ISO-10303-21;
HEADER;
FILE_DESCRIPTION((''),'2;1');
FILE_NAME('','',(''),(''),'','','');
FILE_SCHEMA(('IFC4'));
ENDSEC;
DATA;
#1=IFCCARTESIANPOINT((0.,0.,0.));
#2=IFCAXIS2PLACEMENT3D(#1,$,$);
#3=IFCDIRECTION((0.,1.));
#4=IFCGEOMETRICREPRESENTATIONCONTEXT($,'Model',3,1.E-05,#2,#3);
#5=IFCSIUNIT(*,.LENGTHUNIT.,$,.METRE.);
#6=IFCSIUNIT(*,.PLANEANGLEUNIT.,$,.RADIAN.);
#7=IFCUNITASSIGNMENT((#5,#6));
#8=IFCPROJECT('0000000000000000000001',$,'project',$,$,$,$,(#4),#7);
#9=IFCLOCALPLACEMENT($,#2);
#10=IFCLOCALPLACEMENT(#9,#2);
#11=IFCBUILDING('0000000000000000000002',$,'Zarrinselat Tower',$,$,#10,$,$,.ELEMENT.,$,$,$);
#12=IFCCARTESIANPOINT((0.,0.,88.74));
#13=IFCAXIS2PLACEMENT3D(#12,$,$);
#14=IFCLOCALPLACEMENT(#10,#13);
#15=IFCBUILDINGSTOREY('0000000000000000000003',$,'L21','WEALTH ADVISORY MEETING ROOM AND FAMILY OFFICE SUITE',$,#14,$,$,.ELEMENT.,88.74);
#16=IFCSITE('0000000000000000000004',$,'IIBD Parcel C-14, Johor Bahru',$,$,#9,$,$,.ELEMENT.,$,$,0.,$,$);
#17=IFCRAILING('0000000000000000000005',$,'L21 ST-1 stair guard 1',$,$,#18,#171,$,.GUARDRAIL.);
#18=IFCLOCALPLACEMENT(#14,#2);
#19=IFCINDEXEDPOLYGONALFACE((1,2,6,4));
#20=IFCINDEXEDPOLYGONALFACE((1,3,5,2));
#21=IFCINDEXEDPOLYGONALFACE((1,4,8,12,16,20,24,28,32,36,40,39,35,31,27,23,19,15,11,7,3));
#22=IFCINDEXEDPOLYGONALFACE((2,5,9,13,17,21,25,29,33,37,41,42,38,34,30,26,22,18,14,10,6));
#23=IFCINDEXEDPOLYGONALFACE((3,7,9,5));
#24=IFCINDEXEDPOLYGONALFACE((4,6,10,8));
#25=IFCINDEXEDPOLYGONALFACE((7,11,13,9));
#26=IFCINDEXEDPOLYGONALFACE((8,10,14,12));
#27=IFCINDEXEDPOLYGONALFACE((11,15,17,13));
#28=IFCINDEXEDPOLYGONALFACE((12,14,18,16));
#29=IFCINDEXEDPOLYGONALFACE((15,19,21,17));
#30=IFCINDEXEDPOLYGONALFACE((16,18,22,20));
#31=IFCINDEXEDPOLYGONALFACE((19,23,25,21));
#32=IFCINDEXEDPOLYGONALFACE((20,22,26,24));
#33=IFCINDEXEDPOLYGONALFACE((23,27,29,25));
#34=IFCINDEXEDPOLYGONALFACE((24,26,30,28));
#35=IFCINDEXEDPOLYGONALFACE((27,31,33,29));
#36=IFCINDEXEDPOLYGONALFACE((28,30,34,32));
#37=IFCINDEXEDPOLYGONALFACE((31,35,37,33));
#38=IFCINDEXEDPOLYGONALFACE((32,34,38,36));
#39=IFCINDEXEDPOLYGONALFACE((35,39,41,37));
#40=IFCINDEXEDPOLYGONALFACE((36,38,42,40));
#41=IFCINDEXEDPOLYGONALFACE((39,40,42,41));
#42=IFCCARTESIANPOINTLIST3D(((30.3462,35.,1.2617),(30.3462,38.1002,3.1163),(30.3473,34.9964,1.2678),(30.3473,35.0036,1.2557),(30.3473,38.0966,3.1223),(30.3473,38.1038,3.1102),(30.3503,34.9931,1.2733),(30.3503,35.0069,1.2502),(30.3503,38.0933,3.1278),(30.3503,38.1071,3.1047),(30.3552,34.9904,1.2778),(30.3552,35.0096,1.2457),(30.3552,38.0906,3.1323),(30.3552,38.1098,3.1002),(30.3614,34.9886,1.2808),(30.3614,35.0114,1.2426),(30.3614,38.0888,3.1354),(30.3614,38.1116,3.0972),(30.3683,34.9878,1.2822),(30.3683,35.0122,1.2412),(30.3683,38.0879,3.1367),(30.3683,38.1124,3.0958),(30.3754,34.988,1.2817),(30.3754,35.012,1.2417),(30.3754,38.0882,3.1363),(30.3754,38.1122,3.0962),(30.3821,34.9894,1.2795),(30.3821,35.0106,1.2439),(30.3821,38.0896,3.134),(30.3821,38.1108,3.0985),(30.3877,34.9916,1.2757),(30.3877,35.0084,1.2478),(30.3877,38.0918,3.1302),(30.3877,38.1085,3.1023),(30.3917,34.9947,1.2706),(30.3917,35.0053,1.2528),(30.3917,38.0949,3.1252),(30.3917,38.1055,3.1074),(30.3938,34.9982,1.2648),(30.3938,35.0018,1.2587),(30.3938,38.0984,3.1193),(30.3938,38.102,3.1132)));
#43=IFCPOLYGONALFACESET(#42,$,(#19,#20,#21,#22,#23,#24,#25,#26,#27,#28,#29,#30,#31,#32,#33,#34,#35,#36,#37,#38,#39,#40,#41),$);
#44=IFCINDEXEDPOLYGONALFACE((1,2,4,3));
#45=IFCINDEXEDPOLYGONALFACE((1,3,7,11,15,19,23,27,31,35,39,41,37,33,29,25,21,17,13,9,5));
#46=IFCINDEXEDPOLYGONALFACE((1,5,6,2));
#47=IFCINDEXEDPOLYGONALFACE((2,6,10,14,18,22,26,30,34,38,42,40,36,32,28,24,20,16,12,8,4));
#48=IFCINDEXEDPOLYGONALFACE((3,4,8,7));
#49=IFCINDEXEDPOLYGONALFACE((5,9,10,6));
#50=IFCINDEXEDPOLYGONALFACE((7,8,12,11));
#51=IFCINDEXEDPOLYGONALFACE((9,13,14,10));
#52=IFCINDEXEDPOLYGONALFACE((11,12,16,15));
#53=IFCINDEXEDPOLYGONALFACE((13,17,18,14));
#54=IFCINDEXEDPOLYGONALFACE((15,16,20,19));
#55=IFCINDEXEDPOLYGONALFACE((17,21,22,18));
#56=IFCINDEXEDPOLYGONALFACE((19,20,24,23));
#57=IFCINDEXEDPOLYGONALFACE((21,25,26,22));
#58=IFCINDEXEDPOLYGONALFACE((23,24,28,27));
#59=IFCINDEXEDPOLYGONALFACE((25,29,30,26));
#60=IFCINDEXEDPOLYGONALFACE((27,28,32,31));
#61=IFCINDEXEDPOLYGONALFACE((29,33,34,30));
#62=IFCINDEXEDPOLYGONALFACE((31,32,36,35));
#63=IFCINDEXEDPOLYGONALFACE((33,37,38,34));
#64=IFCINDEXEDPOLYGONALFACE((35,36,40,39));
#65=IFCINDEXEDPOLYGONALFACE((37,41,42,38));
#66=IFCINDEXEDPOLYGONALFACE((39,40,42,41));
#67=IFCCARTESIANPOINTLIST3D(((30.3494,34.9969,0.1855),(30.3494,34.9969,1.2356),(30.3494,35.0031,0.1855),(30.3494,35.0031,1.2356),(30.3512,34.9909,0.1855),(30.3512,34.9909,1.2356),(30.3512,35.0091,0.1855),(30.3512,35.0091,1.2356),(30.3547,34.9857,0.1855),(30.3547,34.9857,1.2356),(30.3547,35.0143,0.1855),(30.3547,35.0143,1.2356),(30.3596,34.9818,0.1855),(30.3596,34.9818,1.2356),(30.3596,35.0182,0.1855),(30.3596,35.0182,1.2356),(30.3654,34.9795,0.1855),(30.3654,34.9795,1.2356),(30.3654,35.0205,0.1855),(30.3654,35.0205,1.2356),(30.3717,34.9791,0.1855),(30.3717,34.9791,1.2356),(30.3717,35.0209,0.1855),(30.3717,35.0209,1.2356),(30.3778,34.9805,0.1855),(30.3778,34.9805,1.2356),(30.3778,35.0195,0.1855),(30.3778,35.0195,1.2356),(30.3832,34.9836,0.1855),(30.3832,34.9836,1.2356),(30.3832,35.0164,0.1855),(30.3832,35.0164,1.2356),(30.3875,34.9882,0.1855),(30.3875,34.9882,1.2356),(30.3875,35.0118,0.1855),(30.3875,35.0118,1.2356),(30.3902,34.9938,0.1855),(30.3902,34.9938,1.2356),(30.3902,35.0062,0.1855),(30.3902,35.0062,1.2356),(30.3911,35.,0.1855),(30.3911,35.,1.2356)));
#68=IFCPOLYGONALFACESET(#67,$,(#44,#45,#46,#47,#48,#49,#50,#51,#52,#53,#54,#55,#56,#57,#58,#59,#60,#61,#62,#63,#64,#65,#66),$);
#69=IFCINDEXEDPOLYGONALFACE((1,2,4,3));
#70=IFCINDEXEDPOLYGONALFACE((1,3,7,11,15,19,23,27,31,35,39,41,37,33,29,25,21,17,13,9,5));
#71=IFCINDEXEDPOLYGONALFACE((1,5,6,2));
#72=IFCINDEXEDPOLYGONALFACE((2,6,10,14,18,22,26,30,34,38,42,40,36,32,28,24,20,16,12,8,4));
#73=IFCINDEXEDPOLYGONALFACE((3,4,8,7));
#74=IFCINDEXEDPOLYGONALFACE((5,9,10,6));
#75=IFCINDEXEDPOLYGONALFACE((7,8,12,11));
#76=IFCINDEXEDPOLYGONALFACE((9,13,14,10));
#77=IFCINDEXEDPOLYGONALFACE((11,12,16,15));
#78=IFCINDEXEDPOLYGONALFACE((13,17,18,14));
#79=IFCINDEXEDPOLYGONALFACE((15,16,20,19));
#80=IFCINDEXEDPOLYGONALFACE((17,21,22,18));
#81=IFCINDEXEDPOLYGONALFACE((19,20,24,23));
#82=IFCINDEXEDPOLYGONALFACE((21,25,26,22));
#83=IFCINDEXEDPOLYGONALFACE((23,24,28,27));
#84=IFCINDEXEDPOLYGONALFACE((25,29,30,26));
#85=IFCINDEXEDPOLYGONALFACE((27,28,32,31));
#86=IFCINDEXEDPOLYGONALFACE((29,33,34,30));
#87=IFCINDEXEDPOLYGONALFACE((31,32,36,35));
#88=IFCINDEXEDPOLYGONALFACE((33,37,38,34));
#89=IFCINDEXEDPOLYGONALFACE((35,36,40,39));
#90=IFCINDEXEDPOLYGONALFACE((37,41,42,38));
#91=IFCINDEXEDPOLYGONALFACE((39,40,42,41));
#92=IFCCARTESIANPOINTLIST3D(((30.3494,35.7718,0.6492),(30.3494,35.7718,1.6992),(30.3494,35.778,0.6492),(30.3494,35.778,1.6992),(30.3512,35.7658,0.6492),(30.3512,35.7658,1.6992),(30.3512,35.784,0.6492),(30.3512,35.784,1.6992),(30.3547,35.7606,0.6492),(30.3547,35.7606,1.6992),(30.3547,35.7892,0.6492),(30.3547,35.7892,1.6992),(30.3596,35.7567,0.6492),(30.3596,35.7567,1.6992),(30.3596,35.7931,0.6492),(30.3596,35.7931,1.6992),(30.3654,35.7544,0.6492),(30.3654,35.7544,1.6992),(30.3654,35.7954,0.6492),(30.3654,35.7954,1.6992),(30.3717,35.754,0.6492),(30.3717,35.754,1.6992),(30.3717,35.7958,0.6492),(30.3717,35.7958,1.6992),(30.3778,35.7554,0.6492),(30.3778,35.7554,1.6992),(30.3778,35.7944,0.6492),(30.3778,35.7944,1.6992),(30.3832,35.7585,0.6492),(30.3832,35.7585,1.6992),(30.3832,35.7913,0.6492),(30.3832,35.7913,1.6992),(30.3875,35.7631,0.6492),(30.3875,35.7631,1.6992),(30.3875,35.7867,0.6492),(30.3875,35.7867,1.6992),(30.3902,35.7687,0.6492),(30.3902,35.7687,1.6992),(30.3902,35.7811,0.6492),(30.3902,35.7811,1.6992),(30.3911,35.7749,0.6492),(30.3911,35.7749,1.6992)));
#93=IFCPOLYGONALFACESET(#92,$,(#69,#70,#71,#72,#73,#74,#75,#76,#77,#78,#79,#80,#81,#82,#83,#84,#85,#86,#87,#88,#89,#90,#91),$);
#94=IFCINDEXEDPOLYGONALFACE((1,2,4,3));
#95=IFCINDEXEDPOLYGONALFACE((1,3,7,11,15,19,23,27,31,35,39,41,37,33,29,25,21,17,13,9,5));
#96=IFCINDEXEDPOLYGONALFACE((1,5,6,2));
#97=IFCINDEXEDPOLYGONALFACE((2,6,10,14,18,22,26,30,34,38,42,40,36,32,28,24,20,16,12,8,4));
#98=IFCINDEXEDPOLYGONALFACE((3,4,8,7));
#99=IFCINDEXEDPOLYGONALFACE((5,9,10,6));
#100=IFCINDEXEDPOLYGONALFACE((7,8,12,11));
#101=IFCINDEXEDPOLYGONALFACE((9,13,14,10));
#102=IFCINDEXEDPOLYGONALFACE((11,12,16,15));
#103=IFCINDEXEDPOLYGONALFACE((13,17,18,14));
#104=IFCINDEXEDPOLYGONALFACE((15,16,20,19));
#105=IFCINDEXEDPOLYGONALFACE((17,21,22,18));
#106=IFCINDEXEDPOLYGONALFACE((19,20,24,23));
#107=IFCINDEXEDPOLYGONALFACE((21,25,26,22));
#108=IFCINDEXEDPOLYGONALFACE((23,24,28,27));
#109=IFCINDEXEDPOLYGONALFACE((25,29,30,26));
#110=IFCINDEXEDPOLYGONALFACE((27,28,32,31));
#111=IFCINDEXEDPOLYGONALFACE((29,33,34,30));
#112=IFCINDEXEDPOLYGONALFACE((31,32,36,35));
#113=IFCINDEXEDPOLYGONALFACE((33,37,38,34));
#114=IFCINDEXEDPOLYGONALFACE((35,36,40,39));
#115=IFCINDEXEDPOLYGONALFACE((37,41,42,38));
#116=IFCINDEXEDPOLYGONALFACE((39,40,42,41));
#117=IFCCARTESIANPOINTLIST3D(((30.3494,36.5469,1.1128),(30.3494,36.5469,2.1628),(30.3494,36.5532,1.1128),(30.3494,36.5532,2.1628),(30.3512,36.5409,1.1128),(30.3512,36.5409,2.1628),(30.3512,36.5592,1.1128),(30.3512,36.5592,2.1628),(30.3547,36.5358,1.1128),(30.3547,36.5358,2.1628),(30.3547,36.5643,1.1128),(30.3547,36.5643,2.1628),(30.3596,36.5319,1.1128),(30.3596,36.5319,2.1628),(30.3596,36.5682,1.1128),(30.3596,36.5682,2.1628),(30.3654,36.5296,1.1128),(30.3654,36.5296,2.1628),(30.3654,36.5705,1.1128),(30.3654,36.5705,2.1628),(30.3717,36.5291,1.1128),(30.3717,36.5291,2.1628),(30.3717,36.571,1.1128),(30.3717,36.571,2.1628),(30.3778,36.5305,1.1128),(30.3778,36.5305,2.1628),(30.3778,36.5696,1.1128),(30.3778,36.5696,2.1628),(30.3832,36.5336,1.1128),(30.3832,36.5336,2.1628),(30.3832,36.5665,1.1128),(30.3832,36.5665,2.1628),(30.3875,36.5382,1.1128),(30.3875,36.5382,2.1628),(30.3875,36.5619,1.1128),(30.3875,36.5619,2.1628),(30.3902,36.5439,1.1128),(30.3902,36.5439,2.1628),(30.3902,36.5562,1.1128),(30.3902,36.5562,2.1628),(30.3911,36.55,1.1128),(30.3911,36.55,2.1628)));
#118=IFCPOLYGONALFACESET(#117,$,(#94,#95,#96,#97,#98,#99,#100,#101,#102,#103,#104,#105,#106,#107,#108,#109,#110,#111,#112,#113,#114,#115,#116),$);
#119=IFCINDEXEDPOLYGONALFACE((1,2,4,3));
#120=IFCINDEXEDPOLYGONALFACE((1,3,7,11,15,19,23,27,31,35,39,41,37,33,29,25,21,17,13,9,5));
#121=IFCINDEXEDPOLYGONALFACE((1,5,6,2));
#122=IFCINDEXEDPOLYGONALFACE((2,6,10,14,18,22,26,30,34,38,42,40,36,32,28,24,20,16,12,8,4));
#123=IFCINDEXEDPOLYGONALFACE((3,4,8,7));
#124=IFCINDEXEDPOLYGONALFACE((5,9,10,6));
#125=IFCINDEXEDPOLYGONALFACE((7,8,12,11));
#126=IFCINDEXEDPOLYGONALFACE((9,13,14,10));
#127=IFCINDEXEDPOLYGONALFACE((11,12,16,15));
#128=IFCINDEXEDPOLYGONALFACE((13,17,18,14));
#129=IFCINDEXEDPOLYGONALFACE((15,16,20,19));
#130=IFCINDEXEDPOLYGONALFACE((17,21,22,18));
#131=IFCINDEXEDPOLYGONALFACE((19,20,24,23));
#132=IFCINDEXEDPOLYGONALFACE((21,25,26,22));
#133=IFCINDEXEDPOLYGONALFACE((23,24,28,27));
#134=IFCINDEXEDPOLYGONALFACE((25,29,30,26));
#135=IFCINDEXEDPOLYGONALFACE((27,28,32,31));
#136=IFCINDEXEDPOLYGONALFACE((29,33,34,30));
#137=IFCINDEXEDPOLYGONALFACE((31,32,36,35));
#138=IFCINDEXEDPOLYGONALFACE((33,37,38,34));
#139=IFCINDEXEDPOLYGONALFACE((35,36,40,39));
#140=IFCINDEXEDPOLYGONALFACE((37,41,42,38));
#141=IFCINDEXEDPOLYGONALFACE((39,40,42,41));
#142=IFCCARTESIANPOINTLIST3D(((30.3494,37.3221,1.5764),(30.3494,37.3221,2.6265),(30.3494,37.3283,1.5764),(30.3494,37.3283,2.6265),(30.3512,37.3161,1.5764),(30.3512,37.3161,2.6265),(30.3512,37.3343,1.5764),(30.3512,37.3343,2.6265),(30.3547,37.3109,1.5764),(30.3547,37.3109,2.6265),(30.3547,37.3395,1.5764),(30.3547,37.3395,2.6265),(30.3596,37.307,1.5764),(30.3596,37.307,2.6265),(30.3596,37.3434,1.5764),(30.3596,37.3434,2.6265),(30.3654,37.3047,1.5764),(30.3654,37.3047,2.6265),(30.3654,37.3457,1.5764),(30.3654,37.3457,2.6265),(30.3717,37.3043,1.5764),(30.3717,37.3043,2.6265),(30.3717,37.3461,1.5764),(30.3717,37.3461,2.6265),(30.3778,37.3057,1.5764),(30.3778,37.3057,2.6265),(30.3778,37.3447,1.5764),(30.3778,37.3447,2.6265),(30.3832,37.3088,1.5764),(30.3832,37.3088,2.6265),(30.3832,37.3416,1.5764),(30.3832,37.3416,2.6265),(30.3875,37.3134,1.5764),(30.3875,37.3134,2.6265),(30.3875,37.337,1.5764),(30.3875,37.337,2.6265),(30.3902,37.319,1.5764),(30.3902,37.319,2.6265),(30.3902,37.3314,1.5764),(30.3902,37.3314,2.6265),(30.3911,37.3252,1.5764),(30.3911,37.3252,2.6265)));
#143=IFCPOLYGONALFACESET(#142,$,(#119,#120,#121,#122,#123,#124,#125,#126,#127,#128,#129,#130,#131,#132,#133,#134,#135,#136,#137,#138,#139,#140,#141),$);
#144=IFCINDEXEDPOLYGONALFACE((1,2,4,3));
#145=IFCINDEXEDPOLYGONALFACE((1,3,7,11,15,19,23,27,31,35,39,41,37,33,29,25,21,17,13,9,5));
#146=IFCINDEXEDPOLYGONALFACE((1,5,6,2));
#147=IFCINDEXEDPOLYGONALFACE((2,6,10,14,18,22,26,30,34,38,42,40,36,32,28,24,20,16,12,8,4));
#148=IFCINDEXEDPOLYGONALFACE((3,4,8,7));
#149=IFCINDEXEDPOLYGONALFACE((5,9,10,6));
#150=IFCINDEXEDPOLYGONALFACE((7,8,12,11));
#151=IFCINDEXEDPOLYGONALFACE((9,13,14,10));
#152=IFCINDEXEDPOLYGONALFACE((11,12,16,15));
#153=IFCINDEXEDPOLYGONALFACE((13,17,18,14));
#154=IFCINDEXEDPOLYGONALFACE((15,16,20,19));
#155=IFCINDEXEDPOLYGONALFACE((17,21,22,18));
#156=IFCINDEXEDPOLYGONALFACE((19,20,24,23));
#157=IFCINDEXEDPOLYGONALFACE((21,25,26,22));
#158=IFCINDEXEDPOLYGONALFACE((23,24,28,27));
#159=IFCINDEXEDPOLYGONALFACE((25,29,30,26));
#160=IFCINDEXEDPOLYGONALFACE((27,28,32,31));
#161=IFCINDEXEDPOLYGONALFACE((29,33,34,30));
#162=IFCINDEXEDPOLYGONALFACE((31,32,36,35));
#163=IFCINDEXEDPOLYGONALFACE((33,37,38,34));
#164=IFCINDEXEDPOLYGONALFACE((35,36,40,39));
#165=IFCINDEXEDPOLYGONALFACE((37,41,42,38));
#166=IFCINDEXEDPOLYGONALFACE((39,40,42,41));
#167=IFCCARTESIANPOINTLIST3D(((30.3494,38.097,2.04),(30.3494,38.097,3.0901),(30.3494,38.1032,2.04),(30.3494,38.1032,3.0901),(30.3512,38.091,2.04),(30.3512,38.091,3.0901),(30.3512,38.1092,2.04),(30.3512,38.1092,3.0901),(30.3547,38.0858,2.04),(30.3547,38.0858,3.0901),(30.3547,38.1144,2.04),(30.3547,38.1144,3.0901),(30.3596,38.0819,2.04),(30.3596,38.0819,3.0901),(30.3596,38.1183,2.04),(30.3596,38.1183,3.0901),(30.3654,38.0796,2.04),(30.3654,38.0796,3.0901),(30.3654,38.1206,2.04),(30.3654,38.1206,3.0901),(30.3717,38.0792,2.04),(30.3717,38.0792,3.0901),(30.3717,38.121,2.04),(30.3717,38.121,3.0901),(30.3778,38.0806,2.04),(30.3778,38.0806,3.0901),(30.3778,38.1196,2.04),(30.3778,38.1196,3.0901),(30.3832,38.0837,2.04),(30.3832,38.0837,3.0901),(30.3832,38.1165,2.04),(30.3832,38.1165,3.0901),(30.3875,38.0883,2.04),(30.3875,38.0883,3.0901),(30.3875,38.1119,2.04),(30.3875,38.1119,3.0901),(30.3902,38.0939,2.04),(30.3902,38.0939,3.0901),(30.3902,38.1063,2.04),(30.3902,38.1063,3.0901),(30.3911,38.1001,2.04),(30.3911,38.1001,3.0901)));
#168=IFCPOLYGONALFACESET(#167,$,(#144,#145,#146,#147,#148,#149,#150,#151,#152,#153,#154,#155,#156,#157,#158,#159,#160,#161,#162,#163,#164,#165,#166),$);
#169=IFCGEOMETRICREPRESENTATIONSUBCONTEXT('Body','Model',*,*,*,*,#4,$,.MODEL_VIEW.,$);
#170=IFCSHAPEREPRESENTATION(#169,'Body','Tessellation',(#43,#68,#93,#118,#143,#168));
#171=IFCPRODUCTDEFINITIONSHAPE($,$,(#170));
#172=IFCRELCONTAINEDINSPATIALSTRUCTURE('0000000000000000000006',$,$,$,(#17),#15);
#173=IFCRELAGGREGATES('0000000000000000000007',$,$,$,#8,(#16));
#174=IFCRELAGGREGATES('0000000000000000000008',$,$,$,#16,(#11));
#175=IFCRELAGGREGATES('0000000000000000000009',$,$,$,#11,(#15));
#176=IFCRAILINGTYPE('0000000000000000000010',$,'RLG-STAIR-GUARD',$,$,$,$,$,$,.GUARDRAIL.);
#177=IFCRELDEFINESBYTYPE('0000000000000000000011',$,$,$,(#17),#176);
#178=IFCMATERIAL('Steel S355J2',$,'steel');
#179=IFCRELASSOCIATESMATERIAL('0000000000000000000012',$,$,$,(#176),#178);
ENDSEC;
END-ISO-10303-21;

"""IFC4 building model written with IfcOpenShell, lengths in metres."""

from ifc_helpers import new_model, si_unit, direction, frame, origin, origin_2d, place, context, subcontext, project, spatial, circle, extrude, material, type_object, element, save


model = new_model("IFC4")

# Units and contexts
model_context = context("Model", 3, precision=1e-05, world=origin(), true_north=direction((0.0, 1.0)))
body_context = subcontext(model_context, "Body", "Model", "MODEL_VIEW")
ifc_project = project(units=[si_unit("LENGTHUNIT", "METRE"), si_unit("PLANEANGLEUNIT", "RADIAN")], contexts=[model_context])

# Site, building, storey
site_placement = place(None, origin())
site = spatial("IfcSite", under=ifc_project, at=site_placement, Name="IIBD Parcel C-14, Johor Bahru", CompositionType="ELEMENT", RefElevation=0.0)
building_placement = place(site_placement, origin())
building = spatial("IfcBuilding", under=site, at=building_placement, Name="Zarrinselat Tower", CompositionType="ELEMENT")
storey_placement = place(building_placement, frame((0.0, 0.0, 88.74)))
storey = spatial("IfcBuildingStorey", under=building, at=storey_placement, Name="L21", Description="WEALTH ADVISORY MEETING ROOM AND FAMILY OFFICE SUITE", CompositionType="ELEMENT", Elevation=88.74)

# Railing
ifc_material_1 = material(Name="Steel S355J2", Category="steel")
railing_type_1 = type_object("IfcRailingType", Name="RLG-STAIR-GUARD", PredefinedType="GUARDRAIL", material=ifc_material_1)
railing_1_placement = place(storey_placement, frame((30.3701, 35.0, 0.1855)))
element("IfcRailing", 1, at=railing_1_placement, inside=storey, type_object=railing_type_1, Name="L21 ST-1 stair guard 1", PredefinedType="GUARDRAIL", context=body_context, shape_type="SweptSolid", body=[
    extrude(circle(Radius=0.0239, at=origin_2d()), frame((0.0, 0.0, 1.0762), z_axis=(0.0, 0.858172, 0.513362), x_axis=(-1.0, 0.0, 0.0)), (0.0, 0.0, 1.0), 3.6125),
    extrude(circle(Radius=0.021, at=origin_2d()), origin(), (0.0, 0.0, 1.0), 1.05),
    extrude(circle(Radius=0.021, at=origin_2d()), frame((0.0, 0.7749, 0.4636)), (0.0, 0.0, 1.0), 1.05),
    extrude(circle(Radius=0.021, at=origin_2d()), frame((0.0, 1.55, 0.9272)), (0.0, 0.0, 1.0), 1.05),
    extrude(circle(Radius=0.021, at=origin_2d()), frame((0.0, 2.3252, 1.3909)), (0.0, 0.0, 1.0), 1.05),
    extrude(circle(Radius=0.021, at=origin_2d()), frame((0.0, 3.1001, 1.8545)), (0.0, 0.0, 1.0), 1.05),
])

save(model, "model.ifc")
